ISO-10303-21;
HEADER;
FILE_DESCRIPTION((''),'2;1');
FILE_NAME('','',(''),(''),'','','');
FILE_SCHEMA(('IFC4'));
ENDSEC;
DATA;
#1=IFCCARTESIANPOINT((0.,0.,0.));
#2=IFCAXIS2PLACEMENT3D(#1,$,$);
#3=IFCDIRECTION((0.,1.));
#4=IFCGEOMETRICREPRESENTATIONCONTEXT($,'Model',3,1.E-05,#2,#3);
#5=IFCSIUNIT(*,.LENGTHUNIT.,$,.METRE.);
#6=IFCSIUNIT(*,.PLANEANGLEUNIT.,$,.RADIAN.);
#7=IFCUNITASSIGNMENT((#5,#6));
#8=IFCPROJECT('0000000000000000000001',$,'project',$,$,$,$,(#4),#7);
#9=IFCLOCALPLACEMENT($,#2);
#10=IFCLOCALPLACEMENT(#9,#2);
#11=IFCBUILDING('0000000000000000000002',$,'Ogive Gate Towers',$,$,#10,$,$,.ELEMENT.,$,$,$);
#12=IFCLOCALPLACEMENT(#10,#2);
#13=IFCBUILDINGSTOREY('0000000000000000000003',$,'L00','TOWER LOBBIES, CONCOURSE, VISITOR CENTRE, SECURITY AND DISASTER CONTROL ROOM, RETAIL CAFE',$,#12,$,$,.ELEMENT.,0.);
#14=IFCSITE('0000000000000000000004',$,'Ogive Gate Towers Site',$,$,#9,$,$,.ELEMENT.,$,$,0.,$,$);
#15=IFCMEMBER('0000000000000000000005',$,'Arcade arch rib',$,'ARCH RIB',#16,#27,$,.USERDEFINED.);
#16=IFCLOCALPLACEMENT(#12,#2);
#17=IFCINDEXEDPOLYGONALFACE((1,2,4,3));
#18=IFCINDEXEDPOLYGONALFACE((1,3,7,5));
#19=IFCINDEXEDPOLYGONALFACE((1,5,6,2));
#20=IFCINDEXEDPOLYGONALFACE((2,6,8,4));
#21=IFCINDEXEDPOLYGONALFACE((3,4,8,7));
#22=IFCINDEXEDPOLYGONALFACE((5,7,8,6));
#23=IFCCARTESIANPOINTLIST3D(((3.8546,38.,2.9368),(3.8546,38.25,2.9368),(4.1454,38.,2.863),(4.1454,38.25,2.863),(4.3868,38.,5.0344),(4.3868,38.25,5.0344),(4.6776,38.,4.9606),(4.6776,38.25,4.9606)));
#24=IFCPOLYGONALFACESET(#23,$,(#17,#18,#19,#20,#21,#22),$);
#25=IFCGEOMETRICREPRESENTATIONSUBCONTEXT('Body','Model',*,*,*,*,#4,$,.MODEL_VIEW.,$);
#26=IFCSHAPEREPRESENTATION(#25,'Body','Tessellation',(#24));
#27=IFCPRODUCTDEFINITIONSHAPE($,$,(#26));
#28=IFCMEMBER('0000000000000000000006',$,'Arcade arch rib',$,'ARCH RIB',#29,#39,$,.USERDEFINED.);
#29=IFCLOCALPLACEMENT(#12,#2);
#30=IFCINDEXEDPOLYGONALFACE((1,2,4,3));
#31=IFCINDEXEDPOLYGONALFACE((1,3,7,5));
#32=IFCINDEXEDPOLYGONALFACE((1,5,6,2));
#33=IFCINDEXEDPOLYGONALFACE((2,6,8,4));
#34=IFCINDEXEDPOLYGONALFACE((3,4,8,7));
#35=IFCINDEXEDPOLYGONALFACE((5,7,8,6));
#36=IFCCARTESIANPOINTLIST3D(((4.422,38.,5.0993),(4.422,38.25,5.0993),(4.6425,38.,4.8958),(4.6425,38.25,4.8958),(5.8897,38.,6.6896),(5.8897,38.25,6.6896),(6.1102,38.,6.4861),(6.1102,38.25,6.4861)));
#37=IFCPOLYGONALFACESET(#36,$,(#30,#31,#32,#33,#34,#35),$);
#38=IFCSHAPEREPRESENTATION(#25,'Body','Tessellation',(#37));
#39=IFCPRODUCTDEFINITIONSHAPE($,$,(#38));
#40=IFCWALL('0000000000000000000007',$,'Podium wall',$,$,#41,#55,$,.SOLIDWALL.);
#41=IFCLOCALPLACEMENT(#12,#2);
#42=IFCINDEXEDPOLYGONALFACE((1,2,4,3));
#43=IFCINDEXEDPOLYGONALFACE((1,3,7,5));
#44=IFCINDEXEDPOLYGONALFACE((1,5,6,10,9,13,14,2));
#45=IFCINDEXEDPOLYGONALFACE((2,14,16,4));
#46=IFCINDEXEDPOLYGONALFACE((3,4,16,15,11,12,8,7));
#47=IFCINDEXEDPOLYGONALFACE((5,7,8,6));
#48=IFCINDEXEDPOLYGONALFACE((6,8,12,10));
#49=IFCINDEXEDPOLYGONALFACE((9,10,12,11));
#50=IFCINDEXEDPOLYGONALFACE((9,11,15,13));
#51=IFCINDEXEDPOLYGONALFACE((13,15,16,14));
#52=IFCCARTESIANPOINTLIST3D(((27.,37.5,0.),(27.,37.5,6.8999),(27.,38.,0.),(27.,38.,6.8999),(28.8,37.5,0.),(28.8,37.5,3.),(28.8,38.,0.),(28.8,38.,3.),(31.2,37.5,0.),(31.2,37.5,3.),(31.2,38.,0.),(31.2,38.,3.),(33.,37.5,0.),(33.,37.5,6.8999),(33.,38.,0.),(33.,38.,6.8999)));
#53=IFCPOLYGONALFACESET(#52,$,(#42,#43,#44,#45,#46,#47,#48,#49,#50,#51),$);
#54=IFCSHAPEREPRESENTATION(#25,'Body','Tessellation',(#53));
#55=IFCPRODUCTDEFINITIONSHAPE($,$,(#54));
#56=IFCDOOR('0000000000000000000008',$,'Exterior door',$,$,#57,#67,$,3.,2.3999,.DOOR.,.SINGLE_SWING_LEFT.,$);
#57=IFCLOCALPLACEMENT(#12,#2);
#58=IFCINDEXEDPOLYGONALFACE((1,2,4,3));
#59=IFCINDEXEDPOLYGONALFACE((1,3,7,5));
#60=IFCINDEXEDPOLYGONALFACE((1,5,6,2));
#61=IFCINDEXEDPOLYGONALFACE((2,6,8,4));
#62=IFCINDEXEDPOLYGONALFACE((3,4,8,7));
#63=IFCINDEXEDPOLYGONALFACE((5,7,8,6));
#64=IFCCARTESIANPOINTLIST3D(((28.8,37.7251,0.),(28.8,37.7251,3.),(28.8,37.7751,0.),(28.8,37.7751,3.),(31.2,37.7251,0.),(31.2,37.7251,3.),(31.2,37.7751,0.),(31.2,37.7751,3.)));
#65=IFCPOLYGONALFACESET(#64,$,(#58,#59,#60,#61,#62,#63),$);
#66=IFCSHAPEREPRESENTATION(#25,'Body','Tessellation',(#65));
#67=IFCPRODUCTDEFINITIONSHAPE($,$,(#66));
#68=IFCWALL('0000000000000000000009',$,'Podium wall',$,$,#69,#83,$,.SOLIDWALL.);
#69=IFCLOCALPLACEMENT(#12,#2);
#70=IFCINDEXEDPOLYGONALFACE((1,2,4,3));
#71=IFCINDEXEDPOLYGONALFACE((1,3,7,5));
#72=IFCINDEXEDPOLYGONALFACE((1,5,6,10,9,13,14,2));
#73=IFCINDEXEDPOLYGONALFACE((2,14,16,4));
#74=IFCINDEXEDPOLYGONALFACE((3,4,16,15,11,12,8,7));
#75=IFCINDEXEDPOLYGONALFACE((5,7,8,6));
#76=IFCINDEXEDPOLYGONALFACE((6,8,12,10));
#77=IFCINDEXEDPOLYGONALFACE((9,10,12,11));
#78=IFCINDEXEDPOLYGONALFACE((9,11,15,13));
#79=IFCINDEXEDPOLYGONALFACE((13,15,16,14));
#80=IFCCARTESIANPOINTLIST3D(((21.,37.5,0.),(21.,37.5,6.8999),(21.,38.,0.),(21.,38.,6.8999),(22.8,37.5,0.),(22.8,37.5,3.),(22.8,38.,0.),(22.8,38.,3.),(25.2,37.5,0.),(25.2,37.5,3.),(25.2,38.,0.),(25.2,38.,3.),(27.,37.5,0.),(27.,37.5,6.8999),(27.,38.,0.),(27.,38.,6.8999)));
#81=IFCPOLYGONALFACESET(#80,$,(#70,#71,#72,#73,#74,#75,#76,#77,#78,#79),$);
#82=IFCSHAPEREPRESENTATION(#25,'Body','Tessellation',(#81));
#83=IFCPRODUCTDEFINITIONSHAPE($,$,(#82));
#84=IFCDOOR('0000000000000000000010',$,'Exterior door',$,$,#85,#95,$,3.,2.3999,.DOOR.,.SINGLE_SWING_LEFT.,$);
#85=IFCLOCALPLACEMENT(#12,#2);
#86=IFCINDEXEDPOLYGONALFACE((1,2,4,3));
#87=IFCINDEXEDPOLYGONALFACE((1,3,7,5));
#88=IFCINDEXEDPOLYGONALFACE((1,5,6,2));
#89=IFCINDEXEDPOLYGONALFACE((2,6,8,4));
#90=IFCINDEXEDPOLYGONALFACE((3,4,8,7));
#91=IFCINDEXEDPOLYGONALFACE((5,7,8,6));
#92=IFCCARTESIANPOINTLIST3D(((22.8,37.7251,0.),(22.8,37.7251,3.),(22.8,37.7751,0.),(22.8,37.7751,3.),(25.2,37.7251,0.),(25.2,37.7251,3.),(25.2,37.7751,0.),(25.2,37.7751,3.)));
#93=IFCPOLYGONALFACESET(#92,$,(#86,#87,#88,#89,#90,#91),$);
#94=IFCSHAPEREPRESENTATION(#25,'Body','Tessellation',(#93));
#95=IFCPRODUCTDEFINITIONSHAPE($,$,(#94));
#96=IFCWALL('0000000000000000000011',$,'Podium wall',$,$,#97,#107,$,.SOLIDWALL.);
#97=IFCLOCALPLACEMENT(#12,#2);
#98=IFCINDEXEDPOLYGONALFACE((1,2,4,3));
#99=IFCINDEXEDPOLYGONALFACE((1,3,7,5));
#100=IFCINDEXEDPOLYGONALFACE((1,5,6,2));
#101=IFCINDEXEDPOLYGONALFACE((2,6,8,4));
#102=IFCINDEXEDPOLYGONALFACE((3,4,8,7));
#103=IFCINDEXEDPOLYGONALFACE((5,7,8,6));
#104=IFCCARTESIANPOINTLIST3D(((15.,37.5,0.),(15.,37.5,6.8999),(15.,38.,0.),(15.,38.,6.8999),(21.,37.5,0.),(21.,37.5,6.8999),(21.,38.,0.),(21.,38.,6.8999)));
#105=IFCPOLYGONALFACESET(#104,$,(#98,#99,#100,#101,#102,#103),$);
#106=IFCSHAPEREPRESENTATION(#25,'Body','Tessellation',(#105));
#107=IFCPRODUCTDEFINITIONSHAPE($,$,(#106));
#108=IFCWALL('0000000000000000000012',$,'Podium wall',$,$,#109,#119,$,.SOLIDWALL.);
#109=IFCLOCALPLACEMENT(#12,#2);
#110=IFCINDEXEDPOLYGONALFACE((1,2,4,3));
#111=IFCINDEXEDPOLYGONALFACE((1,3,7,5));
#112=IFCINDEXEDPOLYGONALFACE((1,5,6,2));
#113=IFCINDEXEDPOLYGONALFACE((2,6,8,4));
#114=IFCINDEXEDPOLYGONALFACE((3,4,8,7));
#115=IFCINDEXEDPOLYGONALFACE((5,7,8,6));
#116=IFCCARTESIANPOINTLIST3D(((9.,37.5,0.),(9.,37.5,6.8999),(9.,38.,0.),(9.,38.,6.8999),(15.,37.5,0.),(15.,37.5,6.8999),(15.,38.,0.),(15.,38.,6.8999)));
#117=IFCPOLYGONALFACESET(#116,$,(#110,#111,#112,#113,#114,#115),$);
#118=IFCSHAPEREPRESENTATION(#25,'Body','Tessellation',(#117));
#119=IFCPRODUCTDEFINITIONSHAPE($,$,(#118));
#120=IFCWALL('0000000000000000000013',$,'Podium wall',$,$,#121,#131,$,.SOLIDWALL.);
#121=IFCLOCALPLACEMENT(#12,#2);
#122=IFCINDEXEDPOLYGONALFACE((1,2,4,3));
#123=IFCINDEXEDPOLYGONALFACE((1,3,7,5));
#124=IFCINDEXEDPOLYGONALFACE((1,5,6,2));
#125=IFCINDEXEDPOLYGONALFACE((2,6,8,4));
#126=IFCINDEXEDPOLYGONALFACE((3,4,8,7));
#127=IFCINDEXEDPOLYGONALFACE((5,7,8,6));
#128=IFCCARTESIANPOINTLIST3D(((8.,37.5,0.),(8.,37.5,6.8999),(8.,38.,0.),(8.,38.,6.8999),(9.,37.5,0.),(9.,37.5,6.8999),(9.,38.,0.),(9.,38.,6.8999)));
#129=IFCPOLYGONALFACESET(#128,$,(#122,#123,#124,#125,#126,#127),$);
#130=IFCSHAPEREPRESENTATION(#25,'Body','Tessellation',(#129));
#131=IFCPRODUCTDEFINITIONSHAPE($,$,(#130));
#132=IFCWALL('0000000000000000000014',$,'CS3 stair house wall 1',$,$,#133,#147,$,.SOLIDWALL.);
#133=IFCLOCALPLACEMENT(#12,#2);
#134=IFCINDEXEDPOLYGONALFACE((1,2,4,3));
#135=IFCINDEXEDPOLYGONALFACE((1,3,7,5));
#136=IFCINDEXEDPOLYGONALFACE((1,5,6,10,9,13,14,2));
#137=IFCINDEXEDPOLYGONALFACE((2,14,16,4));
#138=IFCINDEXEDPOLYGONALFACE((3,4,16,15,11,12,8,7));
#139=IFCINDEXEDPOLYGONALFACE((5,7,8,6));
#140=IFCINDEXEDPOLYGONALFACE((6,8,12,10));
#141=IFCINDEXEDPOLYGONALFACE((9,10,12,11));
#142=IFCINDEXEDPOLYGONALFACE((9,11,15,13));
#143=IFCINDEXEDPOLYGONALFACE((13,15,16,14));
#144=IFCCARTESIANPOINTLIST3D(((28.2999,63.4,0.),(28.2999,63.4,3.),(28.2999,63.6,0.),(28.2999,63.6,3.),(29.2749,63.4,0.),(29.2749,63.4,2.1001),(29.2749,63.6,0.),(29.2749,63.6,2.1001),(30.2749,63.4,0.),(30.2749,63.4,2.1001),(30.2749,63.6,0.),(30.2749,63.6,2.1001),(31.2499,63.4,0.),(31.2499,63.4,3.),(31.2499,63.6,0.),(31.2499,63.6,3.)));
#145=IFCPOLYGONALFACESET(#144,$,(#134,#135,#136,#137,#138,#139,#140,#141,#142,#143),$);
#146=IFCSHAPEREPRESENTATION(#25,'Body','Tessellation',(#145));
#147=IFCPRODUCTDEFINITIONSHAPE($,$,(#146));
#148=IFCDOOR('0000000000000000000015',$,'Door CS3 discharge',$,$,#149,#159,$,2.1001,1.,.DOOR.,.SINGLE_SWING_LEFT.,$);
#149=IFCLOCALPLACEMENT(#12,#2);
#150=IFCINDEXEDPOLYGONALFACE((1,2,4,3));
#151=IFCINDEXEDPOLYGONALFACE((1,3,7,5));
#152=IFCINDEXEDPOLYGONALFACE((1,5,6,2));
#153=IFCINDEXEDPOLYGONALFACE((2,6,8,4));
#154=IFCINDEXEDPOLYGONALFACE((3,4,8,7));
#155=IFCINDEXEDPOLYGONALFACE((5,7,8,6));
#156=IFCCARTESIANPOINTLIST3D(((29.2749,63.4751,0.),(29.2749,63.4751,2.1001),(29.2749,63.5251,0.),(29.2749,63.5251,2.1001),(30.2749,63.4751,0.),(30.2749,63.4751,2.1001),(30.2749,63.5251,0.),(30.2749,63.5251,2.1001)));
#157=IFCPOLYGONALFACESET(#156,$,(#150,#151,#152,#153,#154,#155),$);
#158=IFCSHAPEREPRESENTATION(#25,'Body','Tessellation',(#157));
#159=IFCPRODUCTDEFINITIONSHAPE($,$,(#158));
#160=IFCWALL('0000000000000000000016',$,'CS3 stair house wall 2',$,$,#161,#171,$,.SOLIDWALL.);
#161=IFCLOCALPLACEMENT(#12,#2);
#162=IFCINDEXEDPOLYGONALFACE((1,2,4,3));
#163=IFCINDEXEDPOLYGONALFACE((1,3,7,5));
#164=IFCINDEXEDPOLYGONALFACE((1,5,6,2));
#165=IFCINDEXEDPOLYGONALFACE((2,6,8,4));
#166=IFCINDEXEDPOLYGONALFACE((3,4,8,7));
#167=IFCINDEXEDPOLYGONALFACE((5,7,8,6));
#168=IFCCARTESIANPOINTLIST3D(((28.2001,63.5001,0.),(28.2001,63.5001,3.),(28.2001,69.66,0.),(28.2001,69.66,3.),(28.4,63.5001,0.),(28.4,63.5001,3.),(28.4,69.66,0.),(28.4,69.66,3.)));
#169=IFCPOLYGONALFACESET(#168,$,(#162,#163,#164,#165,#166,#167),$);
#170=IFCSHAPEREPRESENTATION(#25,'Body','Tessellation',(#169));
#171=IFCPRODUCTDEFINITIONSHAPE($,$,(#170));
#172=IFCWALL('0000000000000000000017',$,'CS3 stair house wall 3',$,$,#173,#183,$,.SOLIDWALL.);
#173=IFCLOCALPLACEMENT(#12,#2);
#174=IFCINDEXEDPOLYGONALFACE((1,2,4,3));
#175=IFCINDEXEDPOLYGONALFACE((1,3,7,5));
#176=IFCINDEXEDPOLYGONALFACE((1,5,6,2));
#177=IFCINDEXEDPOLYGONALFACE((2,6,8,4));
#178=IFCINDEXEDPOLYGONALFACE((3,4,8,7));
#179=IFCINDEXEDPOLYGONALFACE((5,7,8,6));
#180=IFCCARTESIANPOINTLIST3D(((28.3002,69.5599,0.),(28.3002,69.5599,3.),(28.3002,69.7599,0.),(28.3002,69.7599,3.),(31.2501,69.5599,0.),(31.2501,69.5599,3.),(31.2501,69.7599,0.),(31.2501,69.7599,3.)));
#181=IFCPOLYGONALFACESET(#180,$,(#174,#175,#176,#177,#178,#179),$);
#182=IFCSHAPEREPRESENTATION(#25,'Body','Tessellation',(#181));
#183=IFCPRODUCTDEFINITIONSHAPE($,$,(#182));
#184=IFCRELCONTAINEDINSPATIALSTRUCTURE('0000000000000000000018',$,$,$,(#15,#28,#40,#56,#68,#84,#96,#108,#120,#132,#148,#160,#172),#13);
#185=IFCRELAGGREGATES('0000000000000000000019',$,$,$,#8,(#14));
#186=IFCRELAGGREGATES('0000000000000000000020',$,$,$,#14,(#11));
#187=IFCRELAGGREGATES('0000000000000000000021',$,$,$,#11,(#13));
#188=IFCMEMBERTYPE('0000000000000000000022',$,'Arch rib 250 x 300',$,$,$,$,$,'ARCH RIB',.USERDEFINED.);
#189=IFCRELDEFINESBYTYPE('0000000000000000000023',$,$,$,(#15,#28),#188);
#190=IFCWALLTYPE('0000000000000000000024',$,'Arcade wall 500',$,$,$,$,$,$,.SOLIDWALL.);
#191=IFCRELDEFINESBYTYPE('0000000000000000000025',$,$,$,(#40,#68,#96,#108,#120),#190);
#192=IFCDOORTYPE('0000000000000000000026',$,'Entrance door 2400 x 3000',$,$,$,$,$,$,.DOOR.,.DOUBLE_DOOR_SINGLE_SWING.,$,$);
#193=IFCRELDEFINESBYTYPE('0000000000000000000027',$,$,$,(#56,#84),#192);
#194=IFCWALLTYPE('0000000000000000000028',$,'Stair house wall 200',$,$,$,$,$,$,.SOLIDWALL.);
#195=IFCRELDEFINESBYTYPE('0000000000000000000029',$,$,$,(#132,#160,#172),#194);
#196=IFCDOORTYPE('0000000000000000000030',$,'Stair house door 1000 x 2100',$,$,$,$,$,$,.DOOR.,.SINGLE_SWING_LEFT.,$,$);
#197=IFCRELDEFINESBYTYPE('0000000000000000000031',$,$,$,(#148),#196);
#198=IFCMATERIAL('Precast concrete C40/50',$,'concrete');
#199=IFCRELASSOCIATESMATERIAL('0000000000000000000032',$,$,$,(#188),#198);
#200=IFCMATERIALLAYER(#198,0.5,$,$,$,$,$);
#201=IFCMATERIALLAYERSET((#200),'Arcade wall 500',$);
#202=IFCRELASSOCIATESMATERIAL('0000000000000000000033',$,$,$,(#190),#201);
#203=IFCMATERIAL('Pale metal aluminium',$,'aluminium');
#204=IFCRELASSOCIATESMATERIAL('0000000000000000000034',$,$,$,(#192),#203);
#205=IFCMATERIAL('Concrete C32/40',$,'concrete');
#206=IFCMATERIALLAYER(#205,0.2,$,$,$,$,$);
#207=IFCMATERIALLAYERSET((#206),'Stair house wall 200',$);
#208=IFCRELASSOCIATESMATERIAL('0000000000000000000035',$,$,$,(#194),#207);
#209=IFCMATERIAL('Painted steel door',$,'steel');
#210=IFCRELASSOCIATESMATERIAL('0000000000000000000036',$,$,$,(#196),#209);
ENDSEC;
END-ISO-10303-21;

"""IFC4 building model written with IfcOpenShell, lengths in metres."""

from ifc_helpers import new_model, si_unit, direction, frame, frame_2d, origin, origin_2d, place, context, subcontext, project, spatial, rectangle, extrude, material, layer, layer_set, material_profile, profile_set, type_object, element, fill, save


model = new_model("IFC4")

# Units and contexts
model_context = context("Model", 3, precision=1e-05, world=origin(), true_north=direction((0.0, 1.0)))
body_context = subcontext(model_context, "Body", "Model", "MODEL_VIEW")
ifc_project = project(units=[si_unit("LENGTHUNIT", "METRE"), si_unit("PLANEANGLEUNIT", "RADIAN")], contexts=[model_context])

# Site, building, storey
site_placement = place(None, origin())
site = spatial("IfcSite", under=ifc_project, at=site_placement, Name="Ogive Gate Towers Site", CompositionType="ELEMENT", RefElevation=0.0)
building_placement = place(site_placement, origin())
building = spatial("IfcBuilding", under=site, at=building_placement, Name="Ogive Gate Towers", CompositionType="ELEMENT")
storey_placement = place(building_placement, origin())
storey = spatial("IfcBuildingStorey", under=building, at=storey_placement, Name="L00", Description="TOWER LOBBIES, CONCOURSE, VISITOR CENTRE, SECURITY AND DISASTER CONTROL ROOM, RETAIL CAFE", CompositionType="ELEMENT", Elevation=0.0)

# Members
ifc_material_1 = material(Name="Precast concrete C40/50", Category="concrete")
ifc_material_profile = material_profile(ifc_material_1, rectangle(XDim=0.25, YDim=0.3, at=origin_2d()), Name="250 x 300 cast stone")
ifc_profile_set = profile_set([ifc_material_profile], Name="Precast concrete C40/50")
member_type = type_object("IfcMemberType", Name="Arch rib 250 x 300", ElementType="ARCH RIB", PredefinedType="USERDEFINED", material=ifc_profile_set)
for number, where, z_axis, x_axis, name in (
    (1, (4.0, 38.125, 2.8999), (0.245932, 0.0, 0.969287), (0.0, 1.0, 0.0), "Arcade arch rib"),
    (2, (4.5322, 38.125, 4.9976), (0.678224, 0.0, 0.734855), (0.0, 1.0, 0.0), "Arcade arch rib"),
):
    element("IfcMember", number, at=place(storey_placement, frame(where, z_axis=z_axis, x_axis=x_axis)), inside=storey, type_object=member_type, Name=name, ObjectType="ARCH RIB", PredefinedType="USERDEFINED", context=body_context, shape_type="SweptSolid", body=[
        extrude(rectangle(XDim=0.25, YDim=0.3, at=origin_2d()), origin(), (0.0, 0.0, 1.0), 2.1641),
    ])

# Walls, openings, doors
ifc_layer_1 = layer(ifc_material_1, 0.5)
ifc_layer_set_1 = layer_set([ifc_layer_1], Name="Arcade wall 500")
wall_type_1 = type_object("IfcWallType", Name="Arcade wall 500", PredefinedType="SOLIDWALL", material=ifc_layer_set_1)
wall_1_placement = place(storey_placement, frame((33.0, 37.75, 0.0), z_axis=(0.0, 0.0, 1.0), x_axis=(-1.0, 0.0, 0.0)))
wall_1 = element("IfcWall", 3, at=wall_1_placement, inside=storey, type_object=wall_type_1, Name="Podium wall", PredefinedType="SOLIDWALL", context=body_context, shape_type="SweptSolid", body=[
    extrude(rectangle(XDim=6.0, YDim=0.5, at=frame_2d((3.0, 0.0))), origin(), (0.0, 0.0, 1.0), 6.8999),
])
opening_1_placement = place(wall_1_placement, frame((1.8, 0.0, 0.0)))
opening_1 = element("IfcOpeningElement", 4, at=opening_1_placement, cuts=wall_1, PredefinedType="OPENING", context=body_context, shape_type="SweptSolid", body=[
    extrude(rectangle(XDim=2.3999, YDim=3.0, at=frame_2d((1.2, 1.5))), frame((0.0, 0.26, 0.0), z_axis=(0.0, -1.0, 0.0), x_axis=(1.0, 0.0, 0.0)), (0.0, 0.0, 1.0), 0.52),
])
ifc_material_2 = material(Name="Pale metal aluminium", Category="aluminium")
door_type_1 = type_object("IfcDoorType", Name="Entrance door 2400 x 3000", OperationType="DOUBLE_DOOR_SINGLE_SWING", PredefinedType="DOOR", material=ifc_material_2)
door_1_placement = place(opening_1_placement, origin())
door_1 = element("IfcDoor", 5, at=door_1_placement, inside=storey, type_object=door_type_1, Name="Exterior door", OperationType="SINGLE_SWING_LEFT", OverallHeight=3.0, OverallWidth=2.3999, PredefinedType="DOOR", context=body_context, shape_type="SweptSolid", body=[
    extrude(rectangle(XDim=2.3999, YDim=3.0, at=frame_2d((1.2, 1.5))), frame((0.0, 0.0249, 0.0), z_axis=(0.0, -1.0, 0.0), x_axis=(1.0, 0.0, 0.0)), (0.0, 0.0, 1.0), 0.05),
])
fill(opening_1, door_1)
wall_2_placement = place(storey_placement, frame((27.0, 37.75, 0.0), z_axis=(0.0, 0.0, 1.0), x_axis=(-1.0, 0.0, 0.0)))
wall_2 = element("IfcWall", 6, at=wall_2_placement, inside=storey, type_object=wall_type_1, Name="Podium wall", PredefinedType="SOLIDWALL", context=body_context, shape_type="SweptSolid", body=[
    extrude(rectangle(XDim=6.0, YDim=0.5, at=frame_2d((3.0, 0.0))), origin(), (0.0, 0.0, 1.0), 6.8999),
])
opening_2_placement = place(wall_2_placement, frame((1.8, 0.0, 0.0)))
opening_2 = element("IfcOpeningElement", 7, at=opening_2_placement, cuts=wall_2, PredefinedType="OPENING", context=body_context, shape_type="SweptSolid", body=[
    extrude(rectangle(XDim=2.3999, YDim=3.0, at=frame_2d((1.2, 1.5))), frame((0.0, 0.26, 0.0), z_axis=(0.0, -1.0, 0.0), x_axis=(1.0, 0.0, 0.0)), (0.0, 0.0, 1.0), 0.52),
])
door_2_placement = place(opening_2_placement, origin())
door_2 = element("IfcDoor", 8, at=door_2_placement, inside=storey, type_object=door_type_1, Name="Exterior door", OperationType="SINGLE_SWING_LEFT", OverallHeight=3.0, OverallWidth=2.3999, PredefinedType="DOOR", context=body_context, shape_type="SweptSolid", body=[
    extrude(rectangle(XDim=2.3999, YDim=3.0, at=frame_2d((1.2, 1.5))), frame((0.0, 0.0249, 0.0), z_axis=(0.0, -1.0, 0.0), x_axis=(1.0, 0.0, 0.0)), (0.0, 0.0, 1.0), 0.05),
])
fill(opening_2, door_2)

# Walls
for number, where, z_axis, x_axis, name in (
    (9, (21.0, 37.75, 0.0), (0.0, 0.0, 1.0), (-1.0, 0.0, 0.0), "Podium wall"),
    (10, (15.0, 37.75, 0.0), (0.0, 0.0, 1.0), (-1.0, 0.0, 0.0), "Podium wall"),
):
    element("IfcWall", number, at=place(storey_placement, frame(where, z_axis=z_axis, x_axis=x_axis)), inside=storey, type_object=wall_type_1, Name=name, PredefinedType="SOLIDWALL", context=body_context, shape_type="SweptSolid", body=[
        extrude(rectangle(XDim=6.0, YDim=0.5, at=frame_2d((3.0, 0.0))), origin(), (0.0, 0.0, 1.0), 6.8999),
    ])
wall_3_placement = place(storey_placement, frame((9.0, 37.75, 0.0), z_axis=(0.0, 0.0, 1.0), x_axis=(-1.0, 0.0, 0.0)))
element("IfcWall", 11, at=wall_3_placement, inside=storey, type_object=wall_type_1, Name="Podium wall", PredefinedType="SOLIDWALL", context=body_context, shape_type="SweptSolid", body=[
    extrude(rectangle(XDim=1.0, YDim=0.5, at=frame_2d((0.5, 0.0))), origin(), (0.0, 0.0, 1.0), 6.8999),
])

# Wall, opening, door
ifc_material_3 = material(Name="Concrete C32/40", Category="concrete")
ifc_layer_2 = layer(ifc_material_3, 0.2)
ifc_layer_set_2 = layer_set([ifc_layer_2], Name="Stair house wall 200")
wall_type_2 = type_object("IfcWallType", Name="Stair house wall 200", PredefinedType="SOLIDWALL", material=ifc_layer_set_2)
wall_4_placement = place(storey_placement, frame((31.25, 63.5, 0.0), z_axis=(0.0, 0.0, 1.0), x_axis=(-1.0, 0.0, 0.0)))
wall_4 = element("IfcWall", 12, at=wall_4_placement, inside=storey, type_object=wall_type_2, Name="CS3 stair house wall 1", PredefinedType="SOLIDWALL", context=body_context, shape_type="SweptSolid", body=[
    extrude(rectangle(XDim=2.95, YDim=0.2, at=frame_2d((1.4751, 0.0))), origin(), (0.0, 0.0, 1.0), 3.0),
])
opening_3_placement = place(wall_4_placement, frame((0.9751, 0.0, 0.0)))
opening_3 = element("IfcOpeningElement", 13, at=opening_3_placement, cuts=wall_4, PredefinedType="OPENING", context=body_context, shape_type="SweptSolid", body=[
    extrude(rectangle(XDim=1.0, YDim=2.1001, at=frame_2d((0.5, 1.05))), frame((0.0, 0.1099, 0.0), z_axis=(0.0, -1.0, 0.0), x_axis=(1.0, 0.0, 0.0)), (0.0, 0.0, 1.0), 0.22),
])
ifc_material_4 = material(Name="Painted steel door", Category="steel")
door_type_2 = type_object("IfcDoorType", Name="Stair house door 1000 x 2100", OperationType="SINGLE_SWING_LEFT", PredefinedType="DOOR", material=ifc_material_4)
door_3_placement = place(opening_3_placement, origin())
door_3 = element("IfcDoor", 14, at=door_3_placement, inside=storey, type_object=door_type_2, Name="Door CS3 discharge", OperationType="SINGLE_SWING_LEFT", OverallHeight=2.1001, OverallWidth=1.0, PredefinedType="DOOR", context=body_context, shape_type="SweptSolid", body=[
    extrude(rectangle(XDim=1.0, YDim=2.1001, at=frame_2d((0.5, 1.05))), frame((0.0, 0.0249, 0.0), z_axis=(0.0, -1.0, 0.0), x_axis=(1.0, 0.0, 0.0)), (0.0, 0.0, 1.0), 0.05),
])
fill(opening_3, door_3)

# Walls
wall_5_placement = place(storey_placement, frame((28.3, 63.5, 0.0), z_axis=(0.0, 0.0, 1.0), x_axis=(0.0, 1.0, 0.0)))
element("IfcWall", 15, at=wall_5_placement, inside=storey, type_object=wall_type_2, Name="CS3 stair house wall 2", PredefinedType="SOLIDWALL", context=body_context, shape_type="SweptSolid", body=[
    extrude(rectangle(XDim=6.1599, YDim=0.2, at=frame_2d((3.0801, 0.0))), origin(), (0.0, 0.0, 1.0), 3.0),
])
wall_6_placement = place(storey_placement, frame((28.3, 69.6599, 0.0), z_axis=(0.0, 0.0, 1.0), x_axis=(1.0, 0.0, 0.0)))
element("IfcWall", 16, at=wall_6_placement, inside=storey, type_object=wall_type_2, Name="CS3 stair house wall 3", PredefinedType="SOLIDWALL", context=body_context, shape_type="SweptSolid", body=[
    extrude(rectangle(XDim=2.95, YDim=0.2, at=frame_2d((1.4751, 0.0))), origin(), (0.0, 0.0, 1.0), 3.0),
])

save(model, "model.ifc")
